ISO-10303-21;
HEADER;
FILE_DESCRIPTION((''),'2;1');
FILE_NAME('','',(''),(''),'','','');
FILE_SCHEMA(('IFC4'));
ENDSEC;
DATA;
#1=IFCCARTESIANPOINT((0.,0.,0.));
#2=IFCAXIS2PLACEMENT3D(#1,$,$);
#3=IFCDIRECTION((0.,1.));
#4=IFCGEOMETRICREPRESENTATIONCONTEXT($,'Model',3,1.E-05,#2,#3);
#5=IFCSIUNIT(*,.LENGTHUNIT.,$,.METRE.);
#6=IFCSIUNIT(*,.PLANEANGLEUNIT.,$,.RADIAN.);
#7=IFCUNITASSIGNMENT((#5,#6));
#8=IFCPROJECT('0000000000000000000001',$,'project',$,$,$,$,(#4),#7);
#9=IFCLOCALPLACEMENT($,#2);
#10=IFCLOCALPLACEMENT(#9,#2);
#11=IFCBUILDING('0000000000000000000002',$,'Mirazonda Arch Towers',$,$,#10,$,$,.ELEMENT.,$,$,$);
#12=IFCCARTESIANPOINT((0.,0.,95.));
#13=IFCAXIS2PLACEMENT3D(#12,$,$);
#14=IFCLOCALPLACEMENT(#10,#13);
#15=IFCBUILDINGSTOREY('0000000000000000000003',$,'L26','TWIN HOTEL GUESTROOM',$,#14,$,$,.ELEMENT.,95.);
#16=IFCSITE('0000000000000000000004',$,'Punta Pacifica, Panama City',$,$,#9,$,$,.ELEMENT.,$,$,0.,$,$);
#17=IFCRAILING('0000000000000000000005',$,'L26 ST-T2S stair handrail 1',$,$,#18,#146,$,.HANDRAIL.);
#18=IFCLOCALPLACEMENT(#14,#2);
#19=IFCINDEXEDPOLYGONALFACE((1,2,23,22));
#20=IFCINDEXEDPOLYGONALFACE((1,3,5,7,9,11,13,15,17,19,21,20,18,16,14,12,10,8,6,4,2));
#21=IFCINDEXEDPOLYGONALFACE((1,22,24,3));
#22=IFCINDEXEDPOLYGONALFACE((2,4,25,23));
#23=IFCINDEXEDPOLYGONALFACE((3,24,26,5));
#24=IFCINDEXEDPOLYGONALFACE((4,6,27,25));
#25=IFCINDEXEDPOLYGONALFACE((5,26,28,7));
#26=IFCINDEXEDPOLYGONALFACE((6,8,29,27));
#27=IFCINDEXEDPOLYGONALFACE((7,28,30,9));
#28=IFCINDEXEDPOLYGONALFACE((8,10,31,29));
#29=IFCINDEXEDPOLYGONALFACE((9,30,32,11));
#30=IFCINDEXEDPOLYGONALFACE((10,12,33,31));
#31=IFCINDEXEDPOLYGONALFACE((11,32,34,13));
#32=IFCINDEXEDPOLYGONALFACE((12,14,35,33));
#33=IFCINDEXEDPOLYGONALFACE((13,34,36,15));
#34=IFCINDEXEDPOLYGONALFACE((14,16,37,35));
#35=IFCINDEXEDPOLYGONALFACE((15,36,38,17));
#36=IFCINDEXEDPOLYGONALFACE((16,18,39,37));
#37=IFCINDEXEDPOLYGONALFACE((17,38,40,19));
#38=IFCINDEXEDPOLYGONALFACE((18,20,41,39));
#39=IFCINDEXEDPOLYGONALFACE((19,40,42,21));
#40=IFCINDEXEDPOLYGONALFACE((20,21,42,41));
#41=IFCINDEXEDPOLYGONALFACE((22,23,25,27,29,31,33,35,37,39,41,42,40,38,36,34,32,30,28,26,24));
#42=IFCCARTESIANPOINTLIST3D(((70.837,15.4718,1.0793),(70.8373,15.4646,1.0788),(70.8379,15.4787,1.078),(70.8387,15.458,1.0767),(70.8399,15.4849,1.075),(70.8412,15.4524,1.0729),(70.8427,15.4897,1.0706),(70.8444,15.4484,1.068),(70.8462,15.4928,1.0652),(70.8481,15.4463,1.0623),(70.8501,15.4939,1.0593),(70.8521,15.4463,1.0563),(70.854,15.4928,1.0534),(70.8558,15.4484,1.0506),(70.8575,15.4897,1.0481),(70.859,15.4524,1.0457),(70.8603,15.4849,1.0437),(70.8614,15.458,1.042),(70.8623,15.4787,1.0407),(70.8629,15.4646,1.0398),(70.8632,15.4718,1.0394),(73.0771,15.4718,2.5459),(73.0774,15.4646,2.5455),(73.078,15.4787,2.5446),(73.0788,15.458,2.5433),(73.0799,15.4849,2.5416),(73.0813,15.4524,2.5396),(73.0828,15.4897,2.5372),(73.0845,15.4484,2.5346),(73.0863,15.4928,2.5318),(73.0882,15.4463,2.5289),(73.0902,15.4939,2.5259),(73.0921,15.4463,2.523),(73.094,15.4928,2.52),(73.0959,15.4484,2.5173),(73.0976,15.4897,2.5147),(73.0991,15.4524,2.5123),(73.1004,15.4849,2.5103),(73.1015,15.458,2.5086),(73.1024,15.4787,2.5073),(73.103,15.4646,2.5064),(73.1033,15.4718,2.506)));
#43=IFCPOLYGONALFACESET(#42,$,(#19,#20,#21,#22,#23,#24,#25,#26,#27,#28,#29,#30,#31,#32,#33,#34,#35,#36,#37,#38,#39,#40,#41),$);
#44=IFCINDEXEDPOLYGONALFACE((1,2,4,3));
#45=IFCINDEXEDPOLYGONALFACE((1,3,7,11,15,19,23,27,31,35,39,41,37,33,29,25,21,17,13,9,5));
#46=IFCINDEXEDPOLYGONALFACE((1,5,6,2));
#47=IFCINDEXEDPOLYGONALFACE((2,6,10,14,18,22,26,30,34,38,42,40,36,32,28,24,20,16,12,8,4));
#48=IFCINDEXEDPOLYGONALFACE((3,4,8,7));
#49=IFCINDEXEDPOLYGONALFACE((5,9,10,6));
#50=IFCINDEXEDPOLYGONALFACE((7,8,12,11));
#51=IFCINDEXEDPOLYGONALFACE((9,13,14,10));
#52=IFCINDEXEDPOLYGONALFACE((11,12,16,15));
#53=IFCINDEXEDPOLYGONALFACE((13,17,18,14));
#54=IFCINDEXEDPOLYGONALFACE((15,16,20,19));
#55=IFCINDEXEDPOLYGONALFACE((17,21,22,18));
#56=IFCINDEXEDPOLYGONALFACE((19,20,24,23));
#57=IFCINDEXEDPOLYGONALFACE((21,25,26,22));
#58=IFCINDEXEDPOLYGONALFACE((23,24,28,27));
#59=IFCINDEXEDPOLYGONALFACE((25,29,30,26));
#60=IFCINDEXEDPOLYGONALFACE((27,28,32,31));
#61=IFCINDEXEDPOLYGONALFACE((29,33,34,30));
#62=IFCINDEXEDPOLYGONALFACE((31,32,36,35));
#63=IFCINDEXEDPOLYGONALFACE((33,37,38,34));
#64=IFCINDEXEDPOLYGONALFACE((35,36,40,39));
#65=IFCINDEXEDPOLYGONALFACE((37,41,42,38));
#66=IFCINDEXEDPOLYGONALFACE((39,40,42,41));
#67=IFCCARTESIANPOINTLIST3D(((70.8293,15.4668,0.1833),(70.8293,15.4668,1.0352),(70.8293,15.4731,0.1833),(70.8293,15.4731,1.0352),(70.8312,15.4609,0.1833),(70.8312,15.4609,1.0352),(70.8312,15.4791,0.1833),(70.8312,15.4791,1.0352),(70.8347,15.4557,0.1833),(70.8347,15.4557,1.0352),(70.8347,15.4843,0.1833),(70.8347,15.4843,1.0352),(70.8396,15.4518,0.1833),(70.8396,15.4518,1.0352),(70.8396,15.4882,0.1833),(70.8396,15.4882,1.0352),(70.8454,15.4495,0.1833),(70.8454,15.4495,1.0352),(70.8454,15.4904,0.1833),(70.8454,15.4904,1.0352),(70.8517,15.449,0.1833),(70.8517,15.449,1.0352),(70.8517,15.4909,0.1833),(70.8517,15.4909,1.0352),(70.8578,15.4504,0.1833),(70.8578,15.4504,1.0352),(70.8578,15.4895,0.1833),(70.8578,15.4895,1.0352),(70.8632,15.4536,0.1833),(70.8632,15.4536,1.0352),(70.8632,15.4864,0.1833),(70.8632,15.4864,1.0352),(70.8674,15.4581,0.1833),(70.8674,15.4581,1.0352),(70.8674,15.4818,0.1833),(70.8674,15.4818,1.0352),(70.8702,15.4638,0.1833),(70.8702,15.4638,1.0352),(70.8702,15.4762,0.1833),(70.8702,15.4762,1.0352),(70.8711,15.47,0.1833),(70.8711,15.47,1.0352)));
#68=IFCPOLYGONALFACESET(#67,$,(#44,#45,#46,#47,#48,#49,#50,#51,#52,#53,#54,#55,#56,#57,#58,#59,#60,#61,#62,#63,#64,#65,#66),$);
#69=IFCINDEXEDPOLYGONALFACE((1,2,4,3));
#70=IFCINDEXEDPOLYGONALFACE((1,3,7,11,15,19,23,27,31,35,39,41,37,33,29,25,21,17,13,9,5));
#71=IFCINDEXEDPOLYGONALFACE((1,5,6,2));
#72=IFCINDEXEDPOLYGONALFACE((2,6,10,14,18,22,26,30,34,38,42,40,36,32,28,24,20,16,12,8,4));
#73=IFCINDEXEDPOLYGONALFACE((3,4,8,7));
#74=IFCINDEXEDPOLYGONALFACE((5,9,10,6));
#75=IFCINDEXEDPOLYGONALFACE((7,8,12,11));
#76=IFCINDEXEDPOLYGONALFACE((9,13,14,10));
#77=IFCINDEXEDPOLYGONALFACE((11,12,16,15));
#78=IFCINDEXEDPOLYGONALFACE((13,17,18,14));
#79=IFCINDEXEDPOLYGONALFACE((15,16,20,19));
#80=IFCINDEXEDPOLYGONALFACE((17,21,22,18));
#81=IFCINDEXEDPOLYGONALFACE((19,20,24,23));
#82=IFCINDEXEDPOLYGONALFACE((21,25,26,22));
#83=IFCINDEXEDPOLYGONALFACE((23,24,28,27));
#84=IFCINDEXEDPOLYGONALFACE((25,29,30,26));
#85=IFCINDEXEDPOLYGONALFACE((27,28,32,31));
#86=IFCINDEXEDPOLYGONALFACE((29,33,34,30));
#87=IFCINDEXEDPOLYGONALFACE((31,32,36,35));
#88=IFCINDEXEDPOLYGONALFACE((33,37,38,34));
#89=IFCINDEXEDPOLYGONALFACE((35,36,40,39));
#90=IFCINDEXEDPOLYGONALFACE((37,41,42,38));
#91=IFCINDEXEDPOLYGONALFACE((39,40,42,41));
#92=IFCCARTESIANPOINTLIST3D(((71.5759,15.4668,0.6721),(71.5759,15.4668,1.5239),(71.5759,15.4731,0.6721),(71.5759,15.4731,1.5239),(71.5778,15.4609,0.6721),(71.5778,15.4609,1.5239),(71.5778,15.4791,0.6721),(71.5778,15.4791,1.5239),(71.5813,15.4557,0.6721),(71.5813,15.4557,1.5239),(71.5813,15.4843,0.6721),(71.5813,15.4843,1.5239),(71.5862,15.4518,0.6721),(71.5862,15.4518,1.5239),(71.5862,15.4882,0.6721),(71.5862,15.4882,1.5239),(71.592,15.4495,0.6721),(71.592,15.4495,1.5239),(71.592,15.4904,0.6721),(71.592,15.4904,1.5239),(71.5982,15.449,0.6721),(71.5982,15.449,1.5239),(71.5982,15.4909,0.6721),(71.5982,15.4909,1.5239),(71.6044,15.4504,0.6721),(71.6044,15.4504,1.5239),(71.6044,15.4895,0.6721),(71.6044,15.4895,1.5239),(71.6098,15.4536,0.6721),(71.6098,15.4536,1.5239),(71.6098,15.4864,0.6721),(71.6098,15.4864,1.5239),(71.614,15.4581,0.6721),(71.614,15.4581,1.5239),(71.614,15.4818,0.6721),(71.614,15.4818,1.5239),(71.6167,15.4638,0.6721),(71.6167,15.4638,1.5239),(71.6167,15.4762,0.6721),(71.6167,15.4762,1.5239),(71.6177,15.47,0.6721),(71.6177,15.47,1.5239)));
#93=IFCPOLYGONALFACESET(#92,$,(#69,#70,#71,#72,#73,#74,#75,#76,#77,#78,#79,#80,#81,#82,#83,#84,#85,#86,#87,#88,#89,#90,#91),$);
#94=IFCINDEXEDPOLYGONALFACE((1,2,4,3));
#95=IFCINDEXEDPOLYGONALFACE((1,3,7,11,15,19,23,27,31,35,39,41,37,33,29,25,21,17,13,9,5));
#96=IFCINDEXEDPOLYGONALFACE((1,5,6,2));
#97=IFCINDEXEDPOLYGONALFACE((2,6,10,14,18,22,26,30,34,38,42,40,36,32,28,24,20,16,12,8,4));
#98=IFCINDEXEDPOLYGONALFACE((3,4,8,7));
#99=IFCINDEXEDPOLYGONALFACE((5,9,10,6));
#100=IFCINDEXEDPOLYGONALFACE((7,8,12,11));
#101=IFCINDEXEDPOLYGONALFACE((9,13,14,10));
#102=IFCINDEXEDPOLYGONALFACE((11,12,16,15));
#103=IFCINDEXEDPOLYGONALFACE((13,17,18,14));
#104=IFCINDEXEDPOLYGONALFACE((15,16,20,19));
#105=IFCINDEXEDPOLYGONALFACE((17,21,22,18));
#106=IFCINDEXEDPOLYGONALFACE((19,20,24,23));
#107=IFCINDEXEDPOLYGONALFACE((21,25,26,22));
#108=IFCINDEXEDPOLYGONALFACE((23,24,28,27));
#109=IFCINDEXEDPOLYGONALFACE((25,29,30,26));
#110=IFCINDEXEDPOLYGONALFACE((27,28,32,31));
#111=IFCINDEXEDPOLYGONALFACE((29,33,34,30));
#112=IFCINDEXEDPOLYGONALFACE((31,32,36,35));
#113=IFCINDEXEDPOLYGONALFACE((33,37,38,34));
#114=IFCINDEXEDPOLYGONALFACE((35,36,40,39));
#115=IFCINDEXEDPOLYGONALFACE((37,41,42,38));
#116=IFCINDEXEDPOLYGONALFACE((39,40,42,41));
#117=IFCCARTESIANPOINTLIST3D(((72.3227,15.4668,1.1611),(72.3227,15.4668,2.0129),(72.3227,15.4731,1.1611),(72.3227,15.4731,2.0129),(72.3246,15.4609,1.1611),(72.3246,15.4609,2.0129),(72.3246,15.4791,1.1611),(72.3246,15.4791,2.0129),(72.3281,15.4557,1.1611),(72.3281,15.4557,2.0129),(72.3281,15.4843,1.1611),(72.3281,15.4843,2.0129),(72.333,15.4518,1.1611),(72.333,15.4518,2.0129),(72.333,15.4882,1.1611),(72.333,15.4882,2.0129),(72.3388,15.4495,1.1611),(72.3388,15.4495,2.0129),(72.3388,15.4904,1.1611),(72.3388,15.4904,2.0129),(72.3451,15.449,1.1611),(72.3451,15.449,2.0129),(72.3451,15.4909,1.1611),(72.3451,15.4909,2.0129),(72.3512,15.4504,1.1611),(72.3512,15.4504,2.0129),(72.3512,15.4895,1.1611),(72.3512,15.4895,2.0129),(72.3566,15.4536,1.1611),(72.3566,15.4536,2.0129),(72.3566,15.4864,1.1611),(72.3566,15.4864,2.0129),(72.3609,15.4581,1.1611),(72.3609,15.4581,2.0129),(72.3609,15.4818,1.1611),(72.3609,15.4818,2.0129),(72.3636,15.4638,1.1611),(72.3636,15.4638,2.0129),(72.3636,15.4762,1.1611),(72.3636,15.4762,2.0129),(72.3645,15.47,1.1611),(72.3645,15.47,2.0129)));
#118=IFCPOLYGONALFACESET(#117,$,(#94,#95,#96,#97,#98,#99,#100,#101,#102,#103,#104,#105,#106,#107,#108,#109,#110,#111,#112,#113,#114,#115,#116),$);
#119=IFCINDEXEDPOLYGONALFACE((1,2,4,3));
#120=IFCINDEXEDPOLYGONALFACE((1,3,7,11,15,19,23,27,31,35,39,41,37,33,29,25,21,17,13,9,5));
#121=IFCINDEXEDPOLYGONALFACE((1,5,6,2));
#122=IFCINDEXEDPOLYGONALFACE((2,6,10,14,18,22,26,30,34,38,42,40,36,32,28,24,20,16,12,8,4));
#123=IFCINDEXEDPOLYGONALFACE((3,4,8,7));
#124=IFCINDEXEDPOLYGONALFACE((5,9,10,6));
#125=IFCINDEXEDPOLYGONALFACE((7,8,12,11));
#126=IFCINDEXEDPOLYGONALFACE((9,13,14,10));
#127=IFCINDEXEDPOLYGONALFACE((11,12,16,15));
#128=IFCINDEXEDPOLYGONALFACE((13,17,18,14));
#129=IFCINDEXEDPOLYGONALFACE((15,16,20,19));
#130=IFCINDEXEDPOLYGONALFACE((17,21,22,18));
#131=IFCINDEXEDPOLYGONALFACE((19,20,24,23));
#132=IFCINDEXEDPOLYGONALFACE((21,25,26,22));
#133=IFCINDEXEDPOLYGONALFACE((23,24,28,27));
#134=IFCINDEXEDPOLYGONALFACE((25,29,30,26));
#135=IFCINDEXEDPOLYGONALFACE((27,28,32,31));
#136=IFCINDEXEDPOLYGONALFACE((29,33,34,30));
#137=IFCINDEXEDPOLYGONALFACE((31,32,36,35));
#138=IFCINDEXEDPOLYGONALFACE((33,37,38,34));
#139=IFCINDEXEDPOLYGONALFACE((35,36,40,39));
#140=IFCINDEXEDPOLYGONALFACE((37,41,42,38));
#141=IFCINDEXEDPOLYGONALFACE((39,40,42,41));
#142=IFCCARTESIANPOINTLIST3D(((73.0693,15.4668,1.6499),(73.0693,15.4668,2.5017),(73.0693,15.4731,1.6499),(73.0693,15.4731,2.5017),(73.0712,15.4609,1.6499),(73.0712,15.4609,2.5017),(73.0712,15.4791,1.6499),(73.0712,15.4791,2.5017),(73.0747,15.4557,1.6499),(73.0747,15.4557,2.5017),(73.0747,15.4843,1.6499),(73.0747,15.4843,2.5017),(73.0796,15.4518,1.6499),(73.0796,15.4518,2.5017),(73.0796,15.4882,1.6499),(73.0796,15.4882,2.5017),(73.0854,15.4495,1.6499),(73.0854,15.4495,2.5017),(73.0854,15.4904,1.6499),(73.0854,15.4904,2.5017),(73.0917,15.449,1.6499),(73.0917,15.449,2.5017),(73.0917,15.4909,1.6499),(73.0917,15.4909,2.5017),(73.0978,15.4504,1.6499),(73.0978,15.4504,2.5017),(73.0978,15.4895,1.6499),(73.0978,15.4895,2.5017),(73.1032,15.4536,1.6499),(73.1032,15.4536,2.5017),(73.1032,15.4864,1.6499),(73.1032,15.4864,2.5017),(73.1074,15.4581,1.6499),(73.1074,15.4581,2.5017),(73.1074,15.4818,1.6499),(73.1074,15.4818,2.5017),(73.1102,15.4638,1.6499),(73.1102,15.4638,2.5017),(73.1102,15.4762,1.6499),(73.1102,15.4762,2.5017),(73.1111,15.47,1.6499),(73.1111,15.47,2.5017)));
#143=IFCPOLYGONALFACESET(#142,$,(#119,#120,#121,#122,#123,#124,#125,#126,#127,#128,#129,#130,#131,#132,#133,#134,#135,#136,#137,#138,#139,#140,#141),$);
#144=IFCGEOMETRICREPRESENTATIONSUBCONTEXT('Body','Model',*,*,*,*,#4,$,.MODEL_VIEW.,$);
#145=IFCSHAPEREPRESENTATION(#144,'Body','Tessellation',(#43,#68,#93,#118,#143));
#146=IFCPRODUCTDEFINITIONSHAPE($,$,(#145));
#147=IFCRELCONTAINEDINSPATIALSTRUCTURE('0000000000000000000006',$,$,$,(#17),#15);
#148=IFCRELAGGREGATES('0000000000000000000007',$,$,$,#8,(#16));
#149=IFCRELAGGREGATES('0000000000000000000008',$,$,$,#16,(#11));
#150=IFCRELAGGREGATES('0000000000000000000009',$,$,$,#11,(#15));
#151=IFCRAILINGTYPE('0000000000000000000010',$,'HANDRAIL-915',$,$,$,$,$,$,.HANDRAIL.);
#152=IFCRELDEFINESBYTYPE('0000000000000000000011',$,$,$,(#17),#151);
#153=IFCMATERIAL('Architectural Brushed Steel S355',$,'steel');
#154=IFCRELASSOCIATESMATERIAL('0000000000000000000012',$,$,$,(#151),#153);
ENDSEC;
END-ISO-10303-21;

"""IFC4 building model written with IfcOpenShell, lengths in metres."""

from ifc_helpers import new_model, si_unit, direction, frame, origin, origin_2d, place, context, subcontext, project, spatial, circle, extrude, material, type_object, element, save


model = new_model("IFC4")

# Units and contexts
model_context = context("Model", 3, precision=1e-05, world=origin(), true_north=direction((0.0, 1.0)))
body_context = subcontext(model_context, "Body", "Model", "MODEL_VIEW")
ifc_project = project(units=[si_unit("LENGTHUNIT", "METRE"), si_unit("PLANEANGLEUNIT", "RADIAN")], contexts=[model_context])

# Site, building, storey
site_placement = place(None, origin())
site = spatial("IfcSite", under=ifc_project, at=site_placement, Name="Punta Pacifica, Panama City", CompositionType="ELEMENT", RefElevation=0.0)
building_placement = place(site_placement, origin())
building = spatial("IfcBuilding", under=site, at=building_placement, Name="Mirazonda Arch Towers", CompositionType="ELEMENT")
storey_placement = place(building_placement, frame((0.0, 0.0, 95.0)))
storey = spatial("IfcBuildingStorey", under=building, at=storey_placement, Name="L26", Description="TWIN HOTEL GUESTROOM", CompositionType="ELEMENT", Elevation=95.0)

# Shared definitions
ifc_material_1 = material(Name="Architectural Brushed Steel S355", Category="steel")

# Railing
railing_type_1 = type_object("IfcRailingType", Name="HANDRAIL-915", PredefinedType="HANDRAIL", material=ifc_material_1)
railing_1_placement = place(storey_placement, frame((70.8501, 15.47, 0.1833)))
element("IfcRailing", 1, at=railing_1_placement, inside=storey, type_object=railing_type_1, Name="L26 ST-T2S stair handrail 1", PredefinedType="HANDRAIL", context=body_context, shape_type="SweptSolid", body=[
    extrude(circle(Radius=0.0239, at=origin_2d()), frame((0.0, 0.0, 0.876), z_axis=(0.836637, 0.0, 0.547758), x_axis=(0.0, 1.0, 0.0)), (0.0, 0.0, 1.0), 2.6775),
    extrude(circle(Radius=0.021, at=origin_2d()), origin(), (0.0, 0.0, 1.0), 0.8518),
    extrude(circle(Radius=0.021, at=origin_2d()), frame((0.7466, 0.0, 0.4888)), (0.0, 0.0, 1.0), 0.8518),
    extrude(circle(Radius=0.021, at=origin_2d()), frame((1.4934, 0.0, 0.9778)), (0.0, 0.0, 1.0), 0.8518),
    extrude(circle(Radius=0.021, at=origin_2d()), frame((2.24, 0.0, 1.4666)), (0.0, 0.0, 1.0), 0.8518),
])

save(model, "model.ifc")
